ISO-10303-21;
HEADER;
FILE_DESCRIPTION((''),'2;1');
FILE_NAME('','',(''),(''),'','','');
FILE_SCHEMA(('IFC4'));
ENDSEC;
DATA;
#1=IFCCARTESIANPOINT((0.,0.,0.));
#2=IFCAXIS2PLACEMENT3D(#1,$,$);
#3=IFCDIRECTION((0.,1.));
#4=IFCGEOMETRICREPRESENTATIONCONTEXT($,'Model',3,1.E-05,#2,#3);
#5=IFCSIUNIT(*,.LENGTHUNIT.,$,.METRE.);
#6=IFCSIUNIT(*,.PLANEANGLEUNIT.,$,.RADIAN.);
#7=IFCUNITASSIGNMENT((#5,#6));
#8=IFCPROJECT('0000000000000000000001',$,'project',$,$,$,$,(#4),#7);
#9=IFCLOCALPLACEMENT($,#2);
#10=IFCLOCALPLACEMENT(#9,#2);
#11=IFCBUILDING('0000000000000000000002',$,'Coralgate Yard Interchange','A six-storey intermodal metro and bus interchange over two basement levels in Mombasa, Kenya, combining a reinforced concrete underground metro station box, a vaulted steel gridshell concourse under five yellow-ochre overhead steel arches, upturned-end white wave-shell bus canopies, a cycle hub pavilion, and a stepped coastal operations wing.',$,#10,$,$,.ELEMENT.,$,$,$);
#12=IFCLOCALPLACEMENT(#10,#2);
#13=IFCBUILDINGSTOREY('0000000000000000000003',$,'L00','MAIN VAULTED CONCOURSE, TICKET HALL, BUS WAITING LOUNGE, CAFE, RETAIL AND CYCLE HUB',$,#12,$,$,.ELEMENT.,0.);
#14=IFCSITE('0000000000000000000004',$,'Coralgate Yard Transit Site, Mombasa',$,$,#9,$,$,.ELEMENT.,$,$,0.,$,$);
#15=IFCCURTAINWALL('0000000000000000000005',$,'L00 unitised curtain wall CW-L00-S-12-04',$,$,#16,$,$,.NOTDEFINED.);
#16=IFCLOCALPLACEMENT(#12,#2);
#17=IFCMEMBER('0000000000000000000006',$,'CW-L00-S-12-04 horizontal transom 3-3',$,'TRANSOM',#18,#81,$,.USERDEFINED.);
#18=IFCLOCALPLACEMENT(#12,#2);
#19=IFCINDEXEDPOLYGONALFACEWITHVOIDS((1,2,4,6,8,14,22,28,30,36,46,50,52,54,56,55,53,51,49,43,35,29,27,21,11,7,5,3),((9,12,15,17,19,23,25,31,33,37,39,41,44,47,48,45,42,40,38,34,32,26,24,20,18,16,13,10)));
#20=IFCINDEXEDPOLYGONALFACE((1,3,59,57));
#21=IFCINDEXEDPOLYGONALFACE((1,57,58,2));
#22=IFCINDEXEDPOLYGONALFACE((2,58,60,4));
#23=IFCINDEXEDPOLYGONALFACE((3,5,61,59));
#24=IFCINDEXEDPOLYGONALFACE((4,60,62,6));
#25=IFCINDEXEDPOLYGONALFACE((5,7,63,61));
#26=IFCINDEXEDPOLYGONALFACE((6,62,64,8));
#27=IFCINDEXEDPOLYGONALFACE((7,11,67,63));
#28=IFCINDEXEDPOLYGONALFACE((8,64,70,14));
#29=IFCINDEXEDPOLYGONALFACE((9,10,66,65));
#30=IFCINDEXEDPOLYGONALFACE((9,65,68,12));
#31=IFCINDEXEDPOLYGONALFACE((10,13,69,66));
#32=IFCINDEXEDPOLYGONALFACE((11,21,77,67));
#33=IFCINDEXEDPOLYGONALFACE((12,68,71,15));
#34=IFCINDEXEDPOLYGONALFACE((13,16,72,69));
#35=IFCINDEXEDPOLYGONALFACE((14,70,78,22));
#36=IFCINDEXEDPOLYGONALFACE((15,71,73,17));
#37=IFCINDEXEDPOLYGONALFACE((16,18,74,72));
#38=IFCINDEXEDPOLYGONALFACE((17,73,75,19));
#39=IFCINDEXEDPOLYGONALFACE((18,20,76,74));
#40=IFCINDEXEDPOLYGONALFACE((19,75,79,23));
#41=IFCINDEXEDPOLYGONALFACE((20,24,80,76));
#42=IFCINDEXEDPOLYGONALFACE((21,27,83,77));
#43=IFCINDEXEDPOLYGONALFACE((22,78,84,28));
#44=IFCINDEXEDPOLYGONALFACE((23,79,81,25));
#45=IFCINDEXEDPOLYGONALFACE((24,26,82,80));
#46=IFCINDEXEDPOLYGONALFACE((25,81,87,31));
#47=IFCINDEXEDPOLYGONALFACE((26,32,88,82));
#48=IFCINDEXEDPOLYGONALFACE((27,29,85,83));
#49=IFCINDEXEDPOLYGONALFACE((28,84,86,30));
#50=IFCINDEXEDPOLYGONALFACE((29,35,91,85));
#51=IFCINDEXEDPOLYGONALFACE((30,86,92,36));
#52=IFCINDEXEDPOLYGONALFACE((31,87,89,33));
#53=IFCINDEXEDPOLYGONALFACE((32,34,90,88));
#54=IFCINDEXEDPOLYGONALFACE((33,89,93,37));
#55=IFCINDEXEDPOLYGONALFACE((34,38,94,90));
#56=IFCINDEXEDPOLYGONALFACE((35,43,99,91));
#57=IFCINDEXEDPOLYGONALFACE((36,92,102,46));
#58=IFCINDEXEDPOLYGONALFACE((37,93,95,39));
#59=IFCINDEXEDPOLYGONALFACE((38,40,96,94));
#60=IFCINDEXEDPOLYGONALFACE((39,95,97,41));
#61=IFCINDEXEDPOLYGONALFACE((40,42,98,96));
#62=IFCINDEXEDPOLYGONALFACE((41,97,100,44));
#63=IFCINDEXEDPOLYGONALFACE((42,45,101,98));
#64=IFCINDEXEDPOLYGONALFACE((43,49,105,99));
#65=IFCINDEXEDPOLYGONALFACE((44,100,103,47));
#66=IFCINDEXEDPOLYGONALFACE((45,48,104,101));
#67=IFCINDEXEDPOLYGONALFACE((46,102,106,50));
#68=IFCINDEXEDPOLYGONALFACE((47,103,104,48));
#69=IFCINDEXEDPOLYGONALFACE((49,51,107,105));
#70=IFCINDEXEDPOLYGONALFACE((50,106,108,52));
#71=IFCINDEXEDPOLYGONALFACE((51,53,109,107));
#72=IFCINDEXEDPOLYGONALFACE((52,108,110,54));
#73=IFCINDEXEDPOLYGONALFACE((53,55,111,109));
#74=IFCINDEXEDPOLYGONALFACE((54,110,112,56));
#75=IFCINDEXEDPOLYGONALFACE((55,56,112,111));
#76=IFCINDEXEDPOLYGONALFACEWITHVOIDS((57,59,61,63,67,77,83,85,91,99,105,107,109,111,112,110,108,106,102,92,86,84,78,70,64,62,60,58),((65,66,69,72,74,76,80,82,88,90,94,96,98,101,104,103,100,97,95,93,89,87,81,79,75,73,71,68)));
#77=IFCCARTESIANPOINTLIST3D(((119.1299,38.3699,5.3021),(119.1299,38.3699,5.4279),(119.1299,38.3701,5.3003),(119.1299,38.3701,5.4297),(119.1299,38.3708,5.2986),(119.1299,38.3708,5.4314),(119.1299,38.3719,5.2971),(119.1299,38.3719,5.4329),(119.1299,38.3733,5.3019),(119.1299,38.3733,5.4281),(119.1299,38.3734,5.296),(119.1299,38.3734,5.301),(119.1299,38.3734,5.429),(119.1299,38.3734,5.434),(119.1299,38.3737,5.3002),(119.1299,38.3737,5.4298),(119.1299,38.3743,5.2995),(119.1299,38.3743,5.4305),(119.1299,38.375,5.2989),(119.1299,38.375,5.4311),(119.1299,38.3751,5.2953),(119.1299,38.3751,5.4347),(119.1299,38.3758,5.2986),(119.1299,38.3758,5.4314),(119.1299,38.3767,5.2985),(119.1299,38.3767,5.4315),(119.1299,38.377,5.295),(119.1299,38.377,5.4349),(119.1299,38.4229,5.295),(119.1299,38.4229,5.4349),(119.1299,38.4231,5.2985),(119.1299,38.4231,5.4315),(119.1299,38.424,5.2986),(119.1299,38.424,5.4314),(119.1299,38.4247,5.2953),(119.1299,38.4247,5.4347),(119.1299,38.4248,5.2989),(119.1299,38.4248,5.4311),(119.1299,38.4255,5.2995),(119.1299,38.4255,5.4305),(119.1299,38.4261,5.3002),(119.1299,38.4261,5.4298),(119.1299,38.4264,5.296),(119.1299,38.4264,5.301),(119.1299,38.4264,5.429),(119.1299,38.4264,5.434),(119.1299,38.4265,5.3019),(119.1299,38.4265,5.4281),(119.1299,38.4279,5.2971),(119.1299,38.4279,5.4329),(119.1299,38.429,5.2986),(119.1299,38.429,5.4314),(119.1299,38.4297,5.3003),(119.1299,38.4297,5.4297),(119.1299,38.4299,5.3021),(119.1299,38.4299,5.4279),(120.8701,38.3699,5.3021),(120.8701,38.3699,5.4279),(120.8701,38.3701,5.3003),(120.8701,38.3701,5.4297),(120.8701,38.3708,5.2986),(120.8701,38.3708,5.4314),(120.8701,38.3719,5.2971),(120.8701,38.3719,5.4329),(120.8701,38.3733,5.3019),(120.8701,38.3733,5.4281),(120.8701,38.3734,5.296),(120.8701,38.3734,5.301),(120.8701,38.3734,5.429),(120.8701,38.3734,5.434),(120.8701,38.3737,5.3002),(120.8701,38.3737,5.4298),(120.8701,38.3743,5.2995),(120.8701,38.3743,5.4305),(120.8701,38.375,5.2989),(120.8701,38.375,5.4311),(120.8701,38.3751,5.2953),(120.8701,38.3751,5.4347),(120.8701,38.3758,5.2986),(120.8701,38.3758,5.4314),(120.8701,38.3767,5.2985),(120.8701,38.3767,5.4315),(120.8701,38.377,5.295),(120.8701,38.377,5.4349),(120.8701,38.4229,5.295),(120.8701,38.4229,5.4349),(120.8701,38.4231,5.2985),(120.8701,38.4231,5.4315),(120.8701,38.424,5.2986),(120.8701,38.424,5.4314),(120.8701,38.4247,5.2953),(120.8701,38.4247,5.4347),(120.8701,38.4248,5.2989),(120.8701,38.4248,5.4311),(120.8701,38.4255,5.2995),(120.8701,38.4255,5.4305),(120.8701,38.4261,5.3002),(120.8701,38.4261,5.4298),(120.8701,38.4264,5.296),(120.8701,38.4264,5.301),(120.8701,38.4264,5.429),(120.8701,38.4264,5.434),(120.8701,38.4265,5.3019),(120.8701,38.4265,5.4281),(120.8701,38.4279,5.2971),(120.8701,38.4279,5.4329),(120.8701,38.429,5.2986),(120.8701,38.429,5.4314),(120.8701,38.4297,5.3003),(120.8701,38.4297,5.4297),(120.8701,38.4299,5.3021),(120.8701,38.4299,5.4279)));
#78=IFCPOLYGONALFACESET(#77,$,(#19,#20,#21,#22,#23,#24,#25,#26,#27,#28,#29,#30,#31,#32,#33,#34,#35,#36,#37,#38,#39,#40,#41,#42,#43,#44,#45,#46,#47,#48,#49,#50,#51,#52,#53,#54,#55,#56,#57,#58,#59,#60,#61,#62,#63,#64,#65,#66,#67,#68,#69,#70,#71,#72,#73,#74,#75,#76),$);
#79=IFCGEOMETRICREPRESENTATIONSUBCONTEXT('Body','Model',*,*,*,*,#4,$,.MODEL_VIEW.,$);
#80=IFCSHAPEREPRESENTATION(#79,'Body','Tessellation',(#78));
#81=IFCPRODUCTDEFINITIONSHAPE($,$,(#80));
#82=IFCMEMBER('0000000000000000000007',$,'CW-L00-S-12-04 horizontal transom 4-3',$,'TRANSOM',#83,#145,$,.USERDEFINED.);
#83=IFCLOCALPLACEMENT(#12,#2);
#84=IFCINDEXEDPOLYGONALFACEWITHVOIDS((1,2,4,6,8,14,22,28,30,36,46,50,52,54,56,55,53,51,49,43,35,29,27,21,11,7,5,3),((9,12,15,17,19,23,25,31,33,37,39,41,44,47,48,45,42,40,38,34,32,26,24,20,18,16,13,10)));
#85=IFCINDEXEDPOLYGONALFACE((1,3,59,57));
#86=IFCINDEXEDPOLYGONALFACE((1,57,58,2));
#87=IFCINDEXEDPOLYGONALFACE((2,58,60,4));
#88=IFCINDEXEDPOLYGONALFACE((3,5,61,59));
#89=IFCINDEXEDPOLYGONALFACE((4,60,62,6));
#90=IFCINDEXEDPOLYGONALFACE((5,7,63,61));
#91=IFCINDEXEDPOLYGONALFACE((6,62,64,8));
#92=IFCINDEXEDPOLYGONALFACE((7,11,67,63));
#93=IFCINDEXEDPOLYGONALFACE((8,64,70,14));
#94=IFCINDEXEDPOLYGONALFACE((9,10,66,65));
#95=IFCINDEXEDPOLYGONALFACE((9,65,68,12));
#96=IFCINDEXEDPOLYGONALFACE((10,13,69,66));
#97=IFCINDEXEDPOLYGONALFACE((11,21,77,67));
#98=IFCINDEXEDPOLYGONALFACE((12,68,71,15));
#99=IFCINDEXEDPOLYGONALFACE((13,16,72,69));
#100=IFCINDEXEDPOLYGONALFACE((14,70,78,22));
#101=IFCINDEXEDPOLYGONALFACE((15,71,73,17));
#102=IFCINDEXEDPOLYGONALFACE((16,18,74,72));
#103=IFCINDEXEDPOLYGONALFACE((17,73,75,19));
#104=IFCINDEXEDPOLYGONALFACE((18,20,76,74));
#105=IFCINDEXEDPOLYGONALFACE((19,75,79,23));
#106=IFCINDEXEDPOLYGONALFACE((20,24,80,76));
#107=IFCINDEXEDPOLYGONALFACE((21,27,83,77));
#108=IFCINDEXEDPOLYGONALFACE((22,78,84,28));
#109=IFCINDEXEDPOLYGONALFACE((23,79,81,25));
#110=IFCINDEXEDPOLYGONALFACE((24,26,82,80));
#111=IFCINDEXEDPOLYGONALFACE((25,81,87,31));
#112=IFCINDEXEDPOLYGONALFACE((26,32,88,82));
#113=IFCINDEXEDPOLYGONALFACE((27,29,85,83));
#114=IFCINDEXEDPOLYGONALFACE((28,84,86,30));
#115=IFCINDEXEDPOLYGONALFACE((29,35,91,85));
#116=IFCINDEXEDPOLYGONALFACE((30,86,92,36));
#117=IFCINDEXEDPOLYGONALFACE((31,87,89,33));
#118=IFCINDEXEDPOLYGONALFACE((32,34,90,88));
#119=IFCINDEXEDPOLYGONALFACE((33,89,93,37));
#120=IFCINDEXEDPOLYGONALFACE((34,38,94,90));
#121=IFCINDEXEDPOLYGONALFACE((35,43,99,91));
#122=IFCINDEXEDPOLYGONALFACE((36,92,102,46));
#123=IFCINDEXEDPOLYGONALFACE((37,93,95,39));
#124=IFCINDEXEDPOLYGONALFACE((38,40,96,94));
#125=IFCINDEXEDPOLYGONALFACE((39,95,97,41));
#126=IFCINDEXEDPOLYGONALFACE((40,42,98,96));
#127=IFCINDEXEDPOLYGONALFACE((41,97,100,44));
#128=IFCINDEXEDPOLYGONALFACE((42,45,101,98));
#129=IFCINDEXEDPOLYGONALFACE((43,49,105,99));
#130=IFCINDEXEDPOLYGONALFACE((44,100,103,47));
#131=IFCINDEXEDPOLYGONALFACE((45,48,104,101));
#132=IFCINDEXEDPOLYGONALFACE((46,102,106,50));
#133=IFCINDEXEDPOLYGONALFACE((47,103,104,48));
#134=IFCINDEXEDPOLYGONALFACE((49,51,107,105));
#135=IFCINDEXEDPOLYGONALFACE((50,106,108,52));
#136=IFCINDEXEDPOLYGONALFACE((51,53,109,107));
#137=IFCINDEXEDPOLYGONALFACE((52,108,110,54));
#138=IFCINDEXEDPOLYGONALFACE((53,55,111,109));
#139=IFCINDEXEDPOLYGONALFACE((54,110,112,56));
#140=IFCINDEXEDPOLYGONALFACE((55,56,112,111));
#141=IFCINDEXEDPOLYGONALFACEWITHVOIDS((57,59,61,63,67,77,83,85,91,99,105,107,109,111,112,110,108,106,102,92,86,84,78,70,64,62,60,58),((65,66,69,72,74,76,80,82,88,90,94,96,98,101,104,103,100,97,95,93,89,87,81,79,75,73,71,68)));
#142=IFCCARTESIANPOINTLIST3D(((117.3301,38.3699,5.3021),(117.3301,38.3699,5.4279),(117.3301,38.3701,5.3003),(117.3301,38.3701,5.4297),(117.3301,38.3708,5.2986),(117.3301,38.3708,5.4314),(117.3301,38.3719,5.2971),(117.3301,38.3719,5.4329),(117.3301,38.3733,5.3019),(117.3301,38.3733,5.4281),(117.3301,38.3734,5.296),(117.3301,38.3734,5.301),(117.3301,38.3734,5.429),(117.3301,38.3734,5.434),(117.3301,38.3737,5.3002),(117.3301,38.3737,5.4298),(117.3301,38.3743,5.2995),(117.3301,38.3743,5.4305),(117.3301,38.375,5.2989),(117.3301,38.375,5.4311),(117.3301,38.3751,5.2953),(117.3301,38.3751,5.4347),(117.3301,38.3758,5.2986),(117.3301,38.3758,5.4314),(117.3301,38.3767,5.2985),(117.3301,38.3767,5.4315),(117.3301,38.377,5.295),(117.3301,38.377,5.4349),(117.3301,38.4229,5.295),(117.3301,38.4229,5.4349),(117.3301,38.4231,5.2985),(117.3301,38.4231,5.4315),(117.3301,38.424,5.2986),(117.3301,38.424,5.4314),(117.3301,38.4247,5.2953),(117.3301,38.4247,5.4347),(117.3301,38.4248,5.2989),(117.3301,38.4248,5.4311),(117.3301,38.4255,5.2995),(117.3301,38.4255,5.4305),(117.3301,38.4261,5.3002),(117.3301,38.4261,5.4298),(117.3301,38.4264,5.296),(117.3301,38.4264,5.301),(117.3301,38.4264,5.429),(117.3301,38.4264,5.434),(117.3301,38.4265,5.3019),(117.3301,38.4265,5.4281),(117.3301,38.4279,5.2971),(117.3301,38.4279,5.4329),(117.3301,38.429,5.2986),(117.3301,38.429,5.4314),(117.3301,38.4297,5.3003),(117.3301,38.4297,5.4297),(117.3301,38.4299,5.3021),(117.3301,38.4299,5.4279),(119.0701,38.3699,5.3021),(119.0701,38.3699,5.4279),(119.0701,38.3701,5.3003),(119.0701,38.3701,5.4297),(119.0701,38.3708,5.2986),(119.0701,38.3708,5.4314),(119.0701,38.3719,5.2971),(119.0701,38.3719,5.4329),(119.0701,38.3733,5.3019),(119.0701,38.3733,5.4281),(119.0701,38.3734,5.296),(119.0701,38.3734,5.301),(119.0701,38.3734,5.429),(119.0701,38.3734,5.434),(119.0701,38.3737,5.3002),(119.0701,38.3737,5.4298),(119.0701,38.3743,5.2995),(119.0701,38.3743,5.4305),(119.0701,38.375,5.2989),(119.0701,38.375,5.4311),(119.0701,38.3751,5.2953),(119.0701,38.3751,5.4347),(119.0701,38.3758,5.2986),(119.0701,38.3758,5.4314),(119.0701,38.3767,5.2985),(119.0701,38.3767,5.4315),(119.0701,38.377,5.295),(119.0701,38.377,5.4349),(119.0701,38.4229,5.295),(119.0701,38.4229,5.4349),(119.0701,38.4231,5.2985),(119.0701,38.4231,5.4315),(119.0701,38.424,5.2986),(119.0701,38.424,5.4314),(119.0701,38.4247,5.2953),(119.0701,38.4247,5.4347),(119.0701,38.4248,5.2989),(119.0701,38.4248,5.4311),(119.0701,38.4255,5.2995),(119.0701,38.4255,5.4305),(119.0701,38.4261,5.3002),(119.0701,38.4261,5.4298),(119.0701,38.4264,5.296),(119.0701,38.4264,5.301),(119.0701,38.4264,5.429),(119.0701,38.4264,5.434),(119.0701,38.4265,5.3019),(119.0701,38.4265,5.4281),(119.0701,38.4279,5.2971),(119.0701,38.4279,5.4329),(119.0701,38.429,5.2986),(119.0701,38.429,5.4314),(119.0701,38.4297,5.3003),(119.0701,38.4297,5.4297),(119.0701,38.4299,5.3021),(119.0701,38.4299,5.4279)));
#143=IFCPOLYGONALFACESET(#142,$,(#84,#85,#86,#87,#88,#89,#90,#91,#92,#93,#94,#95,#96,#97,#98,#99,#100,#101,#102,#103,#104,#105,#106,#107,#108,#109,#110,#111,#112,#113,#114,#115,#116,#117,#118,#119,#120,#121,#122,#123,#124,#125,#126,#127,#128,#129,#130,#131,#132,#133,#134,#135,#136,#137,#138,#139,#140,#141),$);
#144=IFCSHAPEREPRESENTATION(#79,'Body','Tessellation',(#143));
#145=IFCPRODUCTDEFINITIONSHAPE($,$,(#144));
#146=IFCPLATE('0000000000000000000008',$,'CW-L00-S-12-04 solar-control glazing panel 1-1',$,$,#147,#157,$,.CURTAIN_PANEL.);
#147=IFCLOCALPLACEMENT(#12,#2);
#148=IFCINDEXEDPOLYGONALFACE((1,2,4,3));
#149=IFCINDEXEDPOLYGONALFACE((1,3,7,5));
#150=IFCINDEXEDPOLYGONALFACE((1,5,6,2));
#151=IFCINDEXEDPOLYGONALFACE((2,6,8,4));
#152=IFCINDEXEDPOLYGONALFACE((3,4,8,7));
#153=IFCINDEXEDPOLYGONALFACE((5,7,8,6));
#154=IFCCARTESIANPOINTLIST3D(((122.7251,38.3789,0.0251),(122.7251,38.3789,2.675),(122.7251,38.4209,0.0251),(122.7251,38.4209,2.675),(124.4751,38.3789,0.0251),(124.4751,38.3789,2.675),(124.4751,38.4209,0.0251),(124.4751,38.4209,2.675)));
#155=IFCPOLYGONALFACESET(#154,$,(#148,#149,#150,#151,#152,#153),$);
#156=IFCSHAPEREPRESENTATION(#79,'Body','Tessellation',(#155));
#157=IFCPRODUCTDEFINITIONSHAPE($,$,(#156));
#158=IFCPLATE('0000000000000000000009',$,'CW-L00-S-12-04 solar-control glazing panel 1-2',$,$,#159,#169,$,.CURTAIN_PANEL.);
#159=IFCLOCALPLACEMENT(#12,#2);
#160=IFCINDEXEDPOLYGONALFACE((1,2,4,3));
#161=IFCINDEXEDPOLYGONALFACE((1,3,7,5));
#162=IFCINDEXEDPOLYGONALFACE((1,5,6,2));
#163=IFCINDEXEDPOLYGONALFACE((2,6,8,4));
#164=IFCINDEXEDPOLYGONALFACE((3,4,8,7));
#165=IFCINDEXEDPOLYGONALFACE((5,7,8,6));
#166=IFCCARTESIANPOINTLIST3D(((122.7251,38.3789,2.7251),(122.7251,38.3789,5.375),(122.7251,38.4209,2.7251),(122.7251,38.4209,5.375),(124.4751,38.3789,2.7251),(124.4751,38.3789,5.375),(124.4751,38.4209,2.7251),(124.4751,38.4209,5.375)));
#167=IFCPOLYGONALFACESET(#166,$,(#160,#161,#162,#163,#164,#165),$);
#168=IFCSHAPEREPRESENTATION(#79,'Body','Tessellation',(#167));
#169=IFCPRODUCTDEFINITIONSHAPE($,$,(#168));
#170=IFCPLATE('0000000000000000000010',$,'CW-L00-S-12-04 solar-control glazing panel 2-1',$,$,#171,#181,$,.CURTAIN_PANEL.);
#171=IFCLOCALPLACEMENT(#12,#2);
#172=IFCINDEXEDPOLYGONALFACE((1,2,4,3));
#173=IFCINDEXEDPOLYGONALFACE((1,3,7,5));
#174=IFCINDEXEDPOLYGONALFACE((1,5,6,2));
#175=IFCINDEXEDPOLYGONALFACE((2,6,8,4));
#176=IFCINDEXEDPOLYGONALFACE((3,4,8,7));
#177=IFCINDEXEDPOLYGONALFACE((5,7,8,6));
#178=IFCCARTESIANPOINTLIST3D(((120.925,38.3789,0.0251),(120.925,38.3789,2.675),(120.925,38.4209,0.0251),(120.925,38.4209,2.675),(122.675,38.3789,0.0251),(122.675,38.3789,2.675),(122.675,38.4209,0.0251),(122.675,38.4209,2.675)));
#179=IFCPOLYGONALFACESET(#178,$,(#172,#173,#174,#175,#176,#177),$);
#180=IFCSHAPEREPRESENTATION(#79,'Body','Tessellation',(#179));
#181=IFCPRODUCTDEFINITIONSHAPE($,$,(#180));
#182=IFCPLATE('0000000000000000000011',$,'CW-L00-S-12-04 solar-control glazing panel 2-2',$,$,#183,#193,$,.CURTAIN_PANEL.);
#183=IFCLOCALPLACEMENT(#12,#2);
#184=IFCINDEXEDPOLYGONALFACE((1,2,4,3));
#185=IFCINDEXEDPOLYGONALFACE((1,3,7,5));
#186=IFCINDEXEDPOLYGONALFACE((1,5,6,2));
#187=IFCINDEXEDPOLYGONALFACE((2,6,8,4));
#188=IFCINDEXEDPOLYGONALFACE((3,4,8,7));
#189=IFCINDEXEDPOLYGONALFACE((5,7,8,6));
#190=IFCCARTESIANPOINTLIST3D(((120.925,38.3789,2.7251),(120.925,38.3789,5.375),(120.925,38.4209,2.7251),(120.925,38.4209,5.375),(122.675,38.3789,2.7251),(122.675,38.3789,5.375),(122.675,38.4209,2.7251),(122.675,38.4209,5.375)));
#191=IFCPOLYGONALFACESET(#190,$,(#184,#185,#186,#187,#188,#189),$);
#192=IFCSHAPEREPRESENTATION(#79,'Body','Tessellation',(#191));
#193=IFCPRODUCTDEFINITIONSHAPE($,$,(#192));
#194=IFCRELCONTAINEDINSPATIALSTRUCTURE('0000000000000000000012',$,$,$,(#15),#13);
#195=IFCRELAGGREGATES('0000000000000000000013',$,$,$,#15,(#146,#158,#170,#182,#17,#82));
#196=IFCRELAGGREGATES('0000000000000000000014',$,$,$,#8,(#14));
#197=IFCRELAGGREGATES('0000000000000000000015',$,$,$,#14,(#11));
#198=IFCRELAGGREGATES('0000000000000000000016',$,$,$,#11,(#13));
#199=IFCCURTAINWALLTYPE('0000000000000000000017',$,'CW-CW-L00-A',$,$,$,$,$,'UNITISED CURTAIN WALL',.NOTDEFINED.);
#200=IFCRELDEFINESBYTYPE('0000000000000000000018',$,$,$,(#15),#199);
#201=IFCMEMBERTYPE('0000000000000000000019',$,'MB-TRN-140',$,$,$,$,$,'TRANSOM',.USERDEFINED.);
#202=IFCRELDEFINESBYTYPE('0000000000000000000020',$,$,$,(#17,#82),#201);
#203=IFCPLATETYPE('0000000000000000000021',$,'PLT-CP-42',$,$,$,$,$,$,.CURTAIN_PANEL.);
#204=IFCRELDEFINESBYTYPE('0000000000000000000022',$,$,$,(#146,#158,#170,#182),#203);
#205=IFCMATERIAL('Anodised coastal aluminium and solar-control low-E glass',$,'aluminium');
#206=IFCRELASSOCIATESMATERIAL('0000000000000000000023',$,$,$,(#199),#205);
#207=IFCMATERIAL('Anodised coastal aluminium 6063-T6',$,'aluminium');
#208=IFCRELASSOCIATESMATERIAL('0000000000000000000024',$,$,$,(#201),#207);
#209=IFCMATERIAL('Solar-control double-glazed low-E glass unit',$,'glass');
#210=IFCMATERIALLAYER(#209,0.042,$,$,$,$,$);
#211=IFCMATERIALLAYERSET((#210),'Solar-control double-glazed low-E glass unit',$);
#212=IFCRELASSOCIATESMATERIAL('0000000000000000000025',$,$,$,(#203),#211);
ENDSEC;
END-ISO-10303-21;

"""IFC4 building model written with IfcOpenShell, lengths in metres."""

from ifc_helpers import new_model, si_unit, direction, frame, origin, origin_2d, place, context, subcontext, project, spatial, rectangle, hollow_rectangle, extrude, material, layer, layer_set, material_profile, profile_set, type_object, element, aggregate, save


model = new_model("IFC4")

# Units and contexts
model_context = context("Model", 3, precision=1e-05, world=origin(), true_north=direction((0.0, 1.0)))
body_context = subcontext(model_context, "Body", "Model", "MODEL_VIEW")
ifc_project = project(units=[si_unit("LENGTHUNIT", "METRE"), si_unit("PLANEANGLEUNIT", "RADIAN")], contexts=[model_context])

# Site, building, storey
site_placement = place(None, origin())
site = spatial("IfcSite", under=ifc_project, at=site_placement, Name="Coralgate Yard Transit Site, Mombasa", CompositionType="ELEMENT", RefElevation=0.0)
building_placement = place(site_placement, origin())
building = spatial("IfcBuilding", under=site, at=building_placement, Name="Coralgate Yard Interchange", Description="A six-storey intermodal metro and bus interchange over two basement levels in Mombasa, Kenya, combining a reinforced concrete underground metro station box, a vaulted steel gridshell concourse under five yellow-ochre overhead steel arches, upturned-end white wave-shell bus canopies, a cycle hub pavilion, and a stepped coastal operations wing.", CompositionType="ELEMENT")
storey_placement = place(building_placement, origin())
storey = spatial("IfcBuildingStorey", under=building, at=storey_placement, Name="L00", Description="MAIN VAULTED CONCOURSE, TICKET HALL, BUS WAITING LOUNGE, CAFE, RETAIL AND CYCLE HUB", CompositionType="ELEMENT", Elevation=0.0)

# Curtain wall, members, plates
ifc_material_1 = material(Name="Anodised coastal aluminium and solar-control low-E glass", Category="aluminium")
curtain_wall_type = type_object("IfcCurtainWallType", Name="CW-CW-L00-A", ElementType="UNITISED CURTAIN WALL", PredefinedType="NOTDEFINED", material=ifc_material_1)
curtain_wall_placement = place(storey_placement, origin())
curtain_wall = element("IfcCurtainWall", 1, at=curtain_wall_placement, inside=storey, type_object=curtain_wall_type, Name="L00 unitised curtain wall CW-L00-S-12-04", PredefinedType="NOTDEFINED")
ifc_material_2 = material(Name="Anodised coastal aluminium 6063-T6", Category="aluminium")
ifc_material_profile_1 = material_profile(ifc_material_2, hollow_rectangle(XDim=0.0601, YDim=0.1399, WallThickness=0.0034, InnerFilletRadius=0.0034, OuterFilletRadius=0.0071, at=origin_2d()), Name="ALU 60x140x3.5")
ifc_profile_set_1 = profile_set([ifc_material_profile_1], Name="Anodised coastal aluminium 6063-T6")
member_type_1 = type_object("IfcMemberType", Name="MB-TRN-140", ElementType="TRANSOM", PredefinedType="USERDEFINED", material=ifc_profile_set_1)
member_1_placement = place(storey_placement, frame((120.8701, 38.3999, 5.365), z_axis=(-1.0, 0.0, 0.0), x_axis=(0.0, -1.0, 0.0)))
member_1 = element("IfcMember", 2, at=member_1_placement, type_object=member_type_1, Name="CW-L00-S-12-04 horizontal transom 3-3", ObjectType="TRANSOM", PredefinedType="USERDEFINED", context=body_context, shape_type="SweptSolid", body=[
    extrude(hollow_rectangle(XDim=0.0601, YDim=0.1399, WallThickness=0.0034, InnerFilletRadius=0.0034, OuterFilletRadius=0.0071, at=origin_2d()), origin(), (0.0, 0.0, 1.0), 1.7402),
])
member_2_placement = place(storey_placement, frame((119.0701, 38.3999, 5.365), z_axis=(-1.0, 0.0, 0.0), x_axis=(0.0, -1.0, 0.0)))
member_2 = element("IfcMember", 3, at=member_2_placement, type_object=member_type_1, Name="CW-L00-S-12-04 horizontal transom 4-3", ObjectType="TRANSOM", PredefinedType="USERDEFINED", context=body_context, shape_type="SweptSolid", body=[
    extrude(hollow_rectangle(XDim=0.0601, YDim=0.1399, WallThickness=0.0034, InnerFilletRadius=0.0034, OuterFilletRadius=0.0071, at=origin_2d()), origin(), (0.0, 0.0, 1.0), 1.74),
])
ifc_material_3 = material(Name="Solar-control double-glazed low-E glass unit", Category="glass")
ifc_layer_1 = layer(ifc_material_3, 0.042)
ifc_layer_set_1 = layer_set([ifc_layer_1], Name="Solar-control double-glazed low-E glass unit")
plate_type = type_object("IfcPlateType", Name="PLT-CP-42", PredefinedType="CURTAIN_PANEL", material=ifc_layer_set_1)
plate_1_placement = place(storey_placement, frame((123.6001, 38.3999, 0.0251), z_axis=(0.0, 0.0, 1.0), x_axis=(-1.0, 0.0, 0.0)))
plate_1 = element("IfcPlate", 4, at=plate_1_placement, type_object=plate_type, Name="CW-L00-S-12-04 solar-control glazing panel 1-1", PredefinedType="CURTAIN_PANEL", context=body_context, shape_type="SweptSolid", body=[
    extrude(rectangle(XDim=1.75, YDim=0.042, at=origin_2d()), origin(), (0.0, 0.0, 1.0), 2.6499),
])
plate_2_placement = place(storey_placement, frame((123.6001, 38.3999, 2.7251), z_axis=(0.0, 0.0, 1.0), x_axis=(-1.0, 0.0, 0.0)))
plate_2 = element("IfcPlate", 5, at=plate_2_placement, type_object=plate_type, Name="CW-L00-S-12-04 solar-control glazing panel 1-2", PredefinedType="CURTAIN_PANEL", context=body_context, shape_type="SweptSolid", body=[
    extrude(rectangle(XDim=1.75, YDim=0.042, at=origin_2d()), origin(), (0.0, 0.0, 1.0), 2.6499),
])
plate_3_placement = place(storey_placement, frame((121.8, 38.3999, 0.0251), z_axis=(0.0, 0.0, 1.0), x_axis=(-1.0, 0.0, 0.0)))
plate_3 = element("IfcPlate", 6, at=plate_3_placement, type_object=plate_type, Name="CW-L00-S-12-04 solar-control glazing panel 2-1", PredefinedType="CURTAIN_PANEL", context=body_context, shape_type="SweptSolid", body=[
    extrude(rectangle(XDim=1.75, YDim=0.042, at=origin_2d()), origin(), (0.0, 0.0, 1.0), 2.6499),
])
plate_4_placement = place(storey_placement, frame((121.8, 38.3999, 2.7251), z_axis=(0.0, 0.0, 1.0), x_axis=(-1.0, 0.0, 0.0)))
plate_4 = element("IfcPlate", 7, at=plate_4_placement, type_object=plate_type, Name="CW-L00-S-12-04 solar-control glazing panel 2-2", PredefinedType="CURTAIN_PANEL", context=body_context, shape_type="SweptSolid", body=[
    extrude(rectangle(XDim=1.75, YDim=0.042, at=origin_2d()), origin(), (0.0, 0.0, 1.0), 2.6499),
])
aggregate(curtain_wall, [plate_1, plate_2, plate_3, plate_4, member_1, member_2])

save(model, "model.ifc")
